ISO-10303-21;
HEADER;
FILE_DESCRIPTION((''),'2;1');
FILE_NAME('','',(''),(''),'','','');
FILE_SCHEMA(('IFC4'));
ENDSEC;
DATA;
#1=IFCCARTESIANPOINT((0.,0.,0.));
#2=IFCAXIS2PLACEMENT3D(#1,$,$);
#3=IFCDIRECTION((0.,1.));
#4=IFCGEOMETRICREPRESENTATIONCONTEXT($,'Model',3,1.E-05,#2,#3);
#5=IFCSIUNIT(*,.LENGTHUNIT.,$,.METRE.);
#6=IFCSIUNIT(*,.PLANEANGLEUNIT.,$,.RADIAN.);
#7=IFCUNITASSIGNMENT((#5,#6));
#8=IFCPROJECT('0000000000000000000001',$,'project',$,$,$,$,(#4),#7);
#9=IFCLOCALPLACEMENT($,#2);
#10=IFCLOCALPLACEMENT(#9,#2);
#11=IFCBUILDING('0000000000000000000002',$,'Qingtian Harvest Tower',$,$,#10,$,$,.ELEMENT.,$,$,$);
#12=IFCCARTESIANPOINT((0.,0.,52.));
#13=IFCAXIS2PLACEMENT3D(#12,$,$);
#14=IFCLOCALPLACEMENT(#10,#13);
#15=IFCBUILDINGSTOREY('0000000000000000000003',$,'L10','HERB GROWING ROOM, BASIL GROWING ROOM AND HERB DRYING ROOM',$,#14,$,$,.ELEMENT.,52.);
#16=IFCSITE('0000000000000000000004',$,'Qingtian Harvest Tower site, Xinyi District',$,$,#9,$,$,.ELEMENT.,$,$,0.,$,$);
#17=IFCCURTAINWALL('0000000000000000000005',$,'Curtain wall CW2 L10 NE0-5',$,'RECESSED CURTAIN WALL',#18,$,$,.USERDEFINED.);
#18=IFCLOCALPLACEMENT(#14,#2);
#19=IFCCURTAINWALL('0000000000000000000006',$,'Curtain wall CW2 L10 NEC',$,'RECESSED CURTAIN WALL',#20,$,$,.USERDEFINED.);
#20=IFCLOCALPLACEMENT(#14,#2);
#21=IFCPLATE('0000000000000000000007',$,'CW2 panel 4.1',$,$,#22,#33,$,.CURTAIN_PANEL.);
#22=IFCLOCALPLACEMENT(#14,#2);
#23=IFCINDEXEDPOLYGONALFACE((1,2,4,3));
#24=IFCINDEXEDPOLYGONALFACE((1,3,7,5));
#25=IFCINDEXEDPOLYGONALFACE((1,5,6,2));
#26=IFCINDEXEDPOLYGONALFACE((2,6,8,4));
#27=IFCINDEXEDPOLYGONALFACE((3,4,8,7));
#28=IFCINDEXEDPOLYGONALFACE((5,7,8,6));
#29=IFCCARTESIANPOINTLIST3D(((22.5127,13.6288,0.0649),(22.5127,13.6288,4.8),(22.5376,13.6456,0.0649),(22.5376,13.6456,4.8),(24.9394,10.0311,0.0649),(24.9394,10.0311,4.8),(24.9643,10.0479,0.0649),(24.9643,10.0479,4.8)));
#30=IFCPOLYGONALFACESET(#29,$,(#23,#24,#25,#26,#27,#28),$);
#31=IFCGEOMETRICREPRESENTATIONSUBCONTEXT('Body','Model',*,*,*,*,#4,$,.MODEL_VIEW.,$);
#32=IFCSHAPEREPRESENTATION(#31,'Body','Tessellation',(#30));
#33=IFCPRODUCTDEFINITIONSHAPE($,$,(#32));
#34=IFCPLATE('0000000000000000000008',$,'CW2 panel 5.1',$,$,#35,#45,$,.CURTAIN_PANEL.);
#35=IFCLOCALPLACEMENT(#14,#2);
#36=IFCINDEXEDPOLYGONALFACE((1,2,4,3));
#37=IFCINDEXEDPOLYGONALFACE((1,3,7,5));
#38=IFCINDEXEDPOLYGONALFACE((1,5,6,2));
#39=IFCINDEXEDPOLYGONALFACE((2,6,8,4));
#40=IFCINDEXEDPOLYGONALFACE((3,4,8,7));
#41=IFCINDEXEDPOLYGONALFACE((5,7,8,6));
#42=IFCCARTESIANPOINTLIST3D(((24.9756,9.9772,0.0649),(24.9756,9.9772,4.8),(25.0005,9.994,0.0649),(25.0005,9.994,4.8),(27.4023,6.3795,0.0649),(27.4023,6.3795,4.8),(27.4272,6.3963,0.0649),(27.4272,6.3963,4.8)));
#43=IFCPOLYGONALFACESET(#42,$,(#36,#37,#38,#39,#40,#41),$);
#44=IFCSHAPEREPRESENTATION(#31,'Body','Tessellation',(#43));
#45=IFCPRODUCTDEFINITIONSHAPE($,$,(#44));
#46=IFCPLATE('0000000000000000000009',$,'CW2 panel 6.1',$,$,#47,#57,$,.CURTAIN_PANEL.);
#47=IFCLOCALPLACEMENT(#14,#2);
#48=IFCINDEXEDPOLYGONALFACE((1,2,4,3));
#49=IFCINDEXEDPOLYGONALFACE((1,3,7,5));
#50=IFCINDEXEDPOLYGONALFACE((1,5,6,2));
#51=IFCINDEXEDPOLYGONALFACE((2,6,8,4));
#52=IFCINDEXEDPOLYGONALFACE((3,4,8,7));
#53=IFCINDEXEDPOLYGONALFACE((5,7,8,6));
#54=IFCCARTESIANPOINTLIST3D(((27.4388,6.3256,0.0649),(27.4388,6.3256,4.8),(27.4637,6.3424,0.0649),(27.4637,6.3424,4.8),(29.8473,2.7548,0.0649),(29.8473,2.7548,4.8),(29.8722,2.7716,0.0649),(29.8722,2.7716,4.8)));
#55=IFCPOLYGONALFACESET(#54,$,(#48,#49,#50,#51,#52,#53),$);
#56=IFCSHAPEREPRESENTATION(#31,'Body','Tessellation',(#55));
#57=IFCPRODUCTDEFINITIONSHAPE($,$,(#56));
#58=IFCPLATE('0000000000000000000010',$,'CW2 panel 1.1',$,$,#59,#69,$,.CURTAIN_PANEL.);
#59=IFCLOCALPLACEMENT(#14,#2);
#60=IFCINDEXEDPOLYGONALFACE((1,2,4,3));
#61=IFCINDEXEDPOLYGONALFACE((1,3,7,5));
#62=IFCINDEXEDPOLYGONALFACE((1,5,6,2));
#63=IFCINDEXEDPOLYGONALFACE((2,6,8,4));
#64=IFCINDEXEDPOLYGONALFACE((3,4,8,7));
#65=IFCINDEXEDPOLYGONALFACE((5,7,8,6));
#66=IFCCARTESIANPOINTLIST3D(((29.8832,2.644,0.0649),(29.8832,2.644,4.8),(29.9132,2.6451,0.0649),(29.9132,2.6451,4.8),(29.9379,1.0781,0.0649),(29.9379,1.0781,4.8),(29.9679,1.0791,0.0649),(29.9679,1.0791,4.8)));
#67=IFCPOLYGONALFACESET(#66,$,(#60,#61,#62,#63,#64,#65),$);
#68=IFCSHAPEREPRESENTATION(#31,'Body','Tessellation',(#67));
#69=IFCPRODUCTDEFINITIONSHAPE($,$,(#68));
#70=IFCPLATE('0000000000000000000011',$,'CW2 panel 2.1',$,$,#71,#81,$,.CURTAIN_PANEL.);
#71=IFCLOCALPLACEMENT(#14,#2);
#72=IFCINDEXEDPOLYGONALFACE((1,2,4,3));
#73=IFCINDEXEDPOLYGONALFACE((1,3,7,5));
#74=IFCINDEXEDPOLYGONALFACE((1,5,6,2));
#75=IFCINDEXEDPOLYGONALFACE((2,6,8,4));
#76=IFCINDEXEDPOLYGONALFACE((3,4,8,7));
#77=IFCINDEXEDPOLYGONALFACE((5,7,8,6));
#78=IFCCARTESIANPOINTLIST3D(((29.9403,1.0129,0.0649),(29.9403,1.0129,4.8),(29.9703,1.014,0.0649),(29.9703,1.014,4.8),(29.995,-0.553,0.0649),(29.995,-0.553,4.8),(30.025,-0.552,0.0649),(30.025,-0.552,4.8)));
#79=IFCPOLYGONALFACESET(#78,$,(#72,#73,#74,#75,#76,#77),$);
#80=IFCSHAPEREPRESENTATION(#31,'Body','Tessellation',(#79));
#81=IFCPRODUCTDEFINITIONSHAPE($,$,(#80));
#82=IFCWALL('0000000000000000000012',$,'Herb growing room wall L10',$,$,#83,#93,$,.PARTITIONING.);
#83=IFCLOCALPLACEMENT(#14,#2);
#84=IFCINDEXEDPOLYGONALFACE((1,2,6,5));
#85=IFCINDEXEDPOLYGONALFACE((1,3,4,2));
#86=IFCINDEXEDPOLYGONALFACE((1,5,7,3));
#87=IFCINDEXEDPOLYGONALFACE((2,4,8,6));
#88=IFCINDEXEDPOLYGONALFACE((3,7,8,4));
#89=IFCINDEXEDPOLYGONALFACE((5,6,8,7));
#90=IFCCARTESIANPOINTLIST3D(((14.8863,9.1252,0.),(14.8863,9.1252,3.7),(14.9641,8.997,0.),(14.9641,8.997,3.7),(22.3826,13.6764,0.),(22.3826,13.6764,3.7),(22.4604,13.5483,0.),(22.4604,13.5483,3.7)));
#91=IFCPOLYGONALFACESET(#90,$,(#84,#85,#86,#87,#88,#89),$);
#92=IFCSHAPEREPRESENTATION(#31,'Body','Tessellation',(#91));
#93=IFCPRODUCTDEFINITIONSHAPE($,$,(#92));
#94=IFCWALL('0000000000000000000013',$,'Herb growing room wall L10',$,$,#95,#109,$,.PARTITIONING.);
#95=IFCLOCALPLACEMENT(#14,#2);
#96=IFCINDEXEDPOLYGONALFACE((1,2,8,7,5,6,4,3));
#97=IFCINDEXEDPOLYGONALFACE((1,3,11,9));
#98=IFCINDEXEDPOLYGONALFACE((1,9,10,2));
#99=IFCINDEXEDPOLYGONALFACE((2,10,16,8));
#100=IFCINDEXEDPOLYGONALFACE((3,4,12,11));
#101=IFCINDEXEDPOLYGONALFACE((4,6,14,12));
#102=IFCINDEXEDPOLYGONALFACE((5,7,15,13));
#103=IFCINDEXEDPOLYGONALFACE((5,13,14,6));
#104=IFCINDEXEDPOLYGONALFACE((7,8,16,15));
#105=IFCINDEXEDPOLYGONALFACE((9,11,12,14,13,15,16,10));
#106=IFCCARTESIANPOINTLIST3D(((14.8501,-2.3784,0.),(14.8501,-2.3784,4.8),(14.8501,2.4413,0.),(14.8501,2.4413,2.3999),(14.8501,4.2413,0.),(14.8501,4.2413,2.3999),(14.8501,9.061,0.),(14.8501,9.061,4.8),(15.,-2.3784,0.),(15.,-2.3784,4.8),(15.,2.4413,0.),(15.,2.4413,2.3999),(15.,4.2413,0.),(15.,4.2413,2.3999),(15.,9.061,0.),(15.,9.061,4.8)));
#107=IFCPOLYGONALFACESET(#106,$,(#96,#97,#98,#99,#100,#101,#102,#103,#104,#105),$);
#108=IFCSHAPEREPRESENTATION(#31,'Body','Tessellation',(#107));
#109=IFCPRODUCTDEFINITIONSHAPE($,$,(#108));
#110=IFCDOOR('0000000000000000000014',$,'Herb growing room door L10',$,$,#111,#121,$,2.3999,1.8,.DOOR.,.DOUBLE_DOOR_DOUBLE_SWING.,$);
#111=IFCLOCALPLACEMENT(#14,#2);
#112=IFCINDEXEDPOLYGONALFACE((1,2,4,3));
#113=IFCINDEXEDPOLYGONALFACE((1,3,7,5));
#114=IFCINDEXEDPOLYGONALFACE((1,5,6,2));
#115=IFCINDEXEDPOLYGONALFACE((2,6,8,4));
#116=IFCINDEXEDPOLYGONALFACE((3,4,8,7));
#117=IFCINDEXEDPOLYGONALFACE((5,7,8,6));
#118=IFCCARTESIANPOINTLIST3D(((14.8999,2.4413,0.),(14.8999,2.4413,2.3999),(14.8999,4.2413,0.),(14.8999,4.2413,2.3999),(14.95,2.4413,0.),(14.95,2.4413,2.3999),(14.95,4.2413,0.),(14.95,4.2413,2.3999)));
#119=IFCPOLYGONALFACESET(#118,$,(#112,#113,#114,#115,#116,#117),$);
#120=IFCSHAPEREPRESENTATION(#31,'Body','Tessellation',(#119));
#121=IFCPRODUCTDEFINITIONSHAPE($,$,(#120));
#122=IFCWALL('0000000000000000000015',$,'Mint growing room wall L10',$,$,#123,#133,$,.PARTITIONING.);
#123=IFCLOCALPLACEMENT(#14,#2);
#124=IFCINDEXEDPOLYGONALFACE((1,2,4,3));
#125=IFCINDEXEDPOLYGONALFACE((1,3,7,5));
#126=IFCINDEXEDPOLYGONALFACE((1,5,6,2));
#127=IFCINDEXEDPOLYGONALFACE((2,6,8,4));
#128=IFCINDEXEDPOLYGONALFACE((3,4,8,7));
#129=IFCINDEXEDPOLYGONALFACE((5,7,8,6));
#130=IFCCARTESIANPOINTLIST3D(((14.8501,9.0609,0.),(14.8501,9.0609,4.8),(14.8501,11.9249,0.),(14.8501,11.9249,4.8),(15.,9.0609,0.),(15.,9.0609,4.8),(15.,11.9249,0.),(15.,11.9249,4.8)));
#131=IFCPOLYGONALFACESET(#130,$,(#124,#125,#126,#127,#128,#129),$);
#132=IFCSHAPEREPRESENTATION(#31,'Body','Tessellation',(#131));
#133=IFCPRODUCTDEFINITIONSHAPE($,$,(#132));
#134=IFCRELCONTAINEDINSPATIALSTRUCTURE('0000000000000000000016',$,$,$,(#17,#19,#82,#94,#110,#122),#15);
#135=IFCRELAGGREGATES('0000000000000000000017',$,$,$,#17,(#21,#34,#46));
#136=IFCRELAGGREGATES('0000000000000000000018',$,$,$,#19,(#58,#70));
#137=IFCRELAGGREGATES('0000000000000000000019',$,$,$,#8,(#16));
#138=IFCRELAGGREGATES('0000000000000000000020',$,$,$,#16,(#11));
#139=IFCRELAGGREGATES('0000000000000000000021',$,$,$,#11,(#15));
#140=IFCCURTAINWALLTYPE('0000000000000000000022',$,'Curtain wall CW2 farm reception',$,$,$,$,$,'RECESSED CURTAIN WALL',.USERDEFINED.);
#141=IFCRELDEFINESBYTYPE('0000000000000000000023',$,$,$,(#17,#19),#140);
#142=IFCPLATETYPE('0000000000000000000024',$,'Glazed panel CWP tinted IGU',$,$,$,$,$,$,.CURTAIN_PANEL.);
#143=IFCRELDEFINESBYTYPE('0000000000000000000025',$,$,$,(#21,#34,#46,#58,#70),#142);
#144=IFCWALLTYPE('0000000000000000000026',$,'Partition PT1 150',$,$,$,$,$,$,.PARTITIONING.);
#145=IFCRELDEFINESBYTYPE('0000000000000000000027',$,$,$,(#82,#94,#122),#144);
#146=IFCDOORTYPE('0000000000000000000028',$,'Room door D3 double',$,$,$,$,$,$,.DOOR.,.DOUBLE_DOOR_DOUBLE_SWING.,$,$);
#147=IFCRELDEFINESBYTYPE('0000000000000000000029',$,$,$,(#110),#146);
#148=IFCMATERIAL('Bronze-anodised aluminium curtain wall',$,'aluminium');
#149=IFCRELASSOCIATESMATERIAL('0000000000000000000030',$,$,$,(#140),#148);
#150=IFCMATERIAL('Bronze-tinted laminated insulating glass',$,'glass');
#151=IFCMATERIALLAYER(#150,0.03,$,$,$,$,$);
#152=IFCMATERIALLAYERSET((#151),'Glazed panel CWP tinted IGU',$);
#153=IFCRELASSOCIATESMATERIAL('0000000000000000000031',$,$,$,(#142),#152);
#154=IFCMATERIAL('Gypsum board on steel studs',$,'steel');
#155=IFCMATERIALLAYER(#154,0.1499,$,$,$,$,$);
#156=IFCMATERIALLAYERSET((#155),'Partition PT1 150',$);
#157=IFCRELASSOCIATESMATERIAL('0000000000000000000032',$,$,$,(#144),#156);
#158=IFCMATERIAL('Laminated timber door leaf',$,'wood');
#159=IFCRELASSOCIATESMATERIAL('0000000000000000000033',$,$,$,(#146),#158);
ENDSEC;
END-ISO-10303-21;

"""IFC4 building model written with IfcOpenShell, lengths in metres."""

from ifc_helpers import new_model, si_unit, direction, frame, frame_2d, origin, origin_2d, place, context, subcontext, project, spatial, rectangle, extrude, material, layer, layer_set, type_object, element, fill, aggregate, save


model = new_model("IFC4")

# Units and contexts
model_context = context("Model", 3, precision=1e-05, world=origin(), true_north=direction((0.0, 1.0)))
body_context = subcontext(model_context, "Body", "Model", "MODEL_VIEW")
ifc_project = project(units=[si_unit("LENGTHUNIT", "METRE"), si_unit("PLANEANGLEUNIT", "RADIAN")], contexts=[model_context])

# Site, building, storey
site_placement = place(None, origin())
site = spatial("IfcSite", under=ifc_project, at=site_placement, Name="Qingtian Harvest Tower site, Xinyi District", CompositionType="ELEMENT", RefElevation=0.0)
building_placement = place(site_placement, origin())
building = spatial("IfcBuilding", under=site, at=building_placement, Name="Qingtian Harvest Tower", CompositionType="ELEMENT")
storey_placement = place(building_placement, frame((0.0, 0.0, 52.0)))
storey = spatial("IfcBuildingStorey", under=building, at=storey_placement, Name="L10", Description="HERB GROWING ROOM, BASIL GROWING ROOM AND HERB DRYING ROOM", CompositionType="ELEMENT", Elevation=52.0)

# Curtain walls
ifc_material_1 = material(Name="Bronze-anodised aluminium curtain wall", Category="aluminium")
curtain_wall_type = type_object("IfcCurtainWallType", Name="Curtain wall CW2 farm reception", ElementType="RECESSED CURTAIN WALL", PredefinedType="USERDEFINED", material=ifc_material_1)
curtain_wall_1_placement = place(storey_placement, origin())
curtain_wall_1 = element("IfcCurtainWall", 1, at=curtain_wall_1_placement, inside=storey, type_object=curtain_wall_type, Name="Curtain wall CW2 L10 NE0-5", ObjectType="RECESSED CURTAIN WALL", PredefinedType="USERDEFINED")
curtain_wall_2_placement = place(storey_placement, origin())
curtain_wall_2 = element("IfcCurtainWall", 2, at=curtain_wall_2_placement, inside=storey, type_object=curtain_wall_type, Name="Curtain wall CW2 L10 NEC", ObjectType="RECESSED CURTAIN WALL", PredefinedType="USERDEFINED")

# Plates
ifc_material_2 = material(Name="Bronze-tinted laminated insulating glass", Category="glass")
ifc_layer_1 = layer(ifc_material_2, 0.03)
ifc_layer_set_1 = layer_set([ifc_layer_1], Name="Glazed panel CWP tinted IGU")
plate_type = type_object("IfcPlateType", Name="Glazed panel CWP tinted IGU", PredefinedType="CURTAIN_PANEL", material=ifc_layer_set_1)
plate_1_placement = place(storey_placement, frame((23.7385, 11.8384, 0.0649), z_axis=(0.0, 0.0, 1.0), x_axis=(0.559193, -0.829038, 0.0)))
plate_1 = element("IfcPlate", 3, at=plate_1_placement, type_object=plate_type, Name="CW2 panel 4.1", PredefinedType="CURTAIN_PANEL", context=body_context, shape_type="SweptSolid", body=[
    extrude(rectangle(XDim=4.3396, YDim=0.03, at=origin_2d()), origin(), (0.0, 0.0, 1.0), 4.7351),
])
plate_2_placement = place(storey_placement, frame((26.2014, 8.1868, 0.0649), z_axis=(0.0, 0.0, 1.0), x_axis=(0.559193, -0.829038, 0.0)))
plate_2 = element("IfcPlate", 4, at=plate_2_placement, type_object=plate_type, Name="CW2 panel 5.1", PredefinedType="CURTAIN_PANEL", context=body_context, shape_type="SweptSolid", body=[
    extrude(rectangle(XDim=4.3396, YDim=0.03, at=origin_2d()), origin(), (0.0, 0.0, 1.0), 4.7351),
])
plate_3_placement = place(storey_placement, frame((28.6555, 4.5486, 0.0649), z_axis=(0.0, 0.0, 1.0), x_axis=(0.559193, -0.829038, 0.0)))
plate_3 = element("IfcPlate", 5, at=plate_3_placement, type_object=plate_type, Name="CW2 panel 6.1", PredefinedType="CURTAIN_PANEL", context=body_context, shape_type="SweptSolid", body=[
    extrude(rectangle(XDim=4.3071, YDim=0.03, at=origin_2d()), origin(), (0.0, 0.0, 1.0), 4.7351),
])
aggregate(curtain_wall_1, [plate_1, plate_2, plate_3])
plate_4_placement = place(storey_placement, frame((29.9255, 1.8616, 0.0649), z_axis=(0.0, 0.0, 1.0), x_axis=(0.034899, -0.999391, 0.0)))
plate_4 = element("IfcPlate", 6, at=plate_4_placement, type_object=plate_type, Name="CW2 panel 1.1", PredefinedType="CURTAIN_PANEL", context=body_context, shape_type="SweptSolid", body=[
    extrude(rectangle(XDim=1.5669, YDim=0.03, at=origin_2d()), origin(), (0.0, 0.0, 1.0), 4.7351),
])
plate_5_placement = place(storey_placement, frame((29.9827, 0.2305, 0.0649), z_axis=(0.0, 0.0, 1.0), x_axis=(0.034899, -0.999391, 0.0)))
plate_5 = element("IfcPlate", 7, at=plate_5_placement, type_object=plate_type, Name="CW2 panel 2.1", PredefinedType="CURTAIN_PANEL", context=body_context, shape_type="SweptSolid", body=[
    extrude(rectangle(XDim=1.5669, YDim=0.03, at=origin_2d()), origin(), (0.0, 0.0, 1.0), 4.7351),
])
aggregate(curtain_wall_2, [plate_4, plate_5])

# Wall
ifc_material_3 = material(Name="Gypsum board on steel studs", Category="steel")
ifc_layer_2 = layer(ifc_material_3, 0.1499)
ifc_layer_set_2 = layer_set([ifc_layer_2], Name="Partition PT1 150")
wall_type = type_object("IfcWallType", Name="Partition PT1 150", PredefinedType="PARTITIONING", material=ifc_layer_set_2)
wall_1_placement = place(storey_placement, frame((22.4214, 13.6123, 0.0), z_axis=(0.0, 0.0, 1.0), x_axis=(-0.854791, -0.518972, 0.0)))
element("IfcWall", 8, at=wall_1_placement, inside=storey, type_object=wall_type, Name="Herb growing room wall L10", PredefinedType="PARTITIONING", context=body_context, shape_type="SweptSolid", body=[
    extrude(rectangle(XDim=8.7698, YDim=0.1499, at=frame_2d((4.3848, 0.0))), origin(), (0.0, 0.0, 1.0), 3.7),
])

# Wall, opening, door
wall_2_placement = place(storey_placement, frame((14.925, 9.061, 0.0), z_axis=(0.0, 0.0, 1.0), x_axis=(0.0, -1.0, 0.0)))
wall_2 = element("IfcWall", 9, at=wall_2_placement, inside=storey, type_object=wall_type, Name="Herb growing room wall L10", PredefinedType="PARTITIONING", context=body_context, shape_type="SweptSolid", body=[
    extrude(rectangle(XDim=11.4395, YDim=0.1499, at=frame_2d((5.7197, 0.0))), origin(), (0.0, 0.0, 1.0), 4.8),
])
opening_placement = place(wall_2_placement, frame((4.8198, 0.0, 0.0)))
opening = element("IfcOpeningElement", 10, at=opening_placement, cuts=wall_2, PredefinedType="OPENING", context=body_context, shape_type="SweptSolid", body=[
    extrude(rectangle(XDim=1.8, YDim=2.3999, at=frame_2d((0.8999, 1.2))), frame((0.0, 0.085, 0.0), z_axis=(0.0, -1.0, 0.0), x_axis=(1.0, 0.0, 0.0)), (0.0, 0.0, 1.0), 0.1699),
])
ifc_material_4 = material(Name="Laminated timber door leaf", Category="wood")
door_type = type_object("IfcDoorType", Name="Room door D3 double", OperationType="DOUBLE_DOOR_DOUBLE_SWING", PredefinedType="DOOR", material=ifc_material_4)
door_placement = place(opening_placement, origin())
door = element("IfcDoor", 11, at=door_placement, inside=storey, type_object=door_type, Name="Herb growing room door L10", OperationType="DOUBLE_DOOR_DOUBLE_SWING", OverallHeight=2.3999, OverallWidth=1.8, PredefinedType="DOOR", context=body_context, shape_type="SweptSolid", body=[
    extrude(rectangle(XDim=1.8, YDim=2.3999, at=frame_2d((0.8999, 1.2))), frame((0.0, 0.0249, 0.0), z_axis=(0.0, -1.0, 0.0), x_axis=(1.0, 0.0, 0.0)), (0.0, 0.0, 1.0), 0.05),
])
fill(opening, door)

# Wall
wall_3_placement = place(storey_placement, frame((14.925, 11.925, 0.0), z_axis=(0.0, 0.0, 1.0), x_axis=(0.0, -1.0, 0.0)))
element("IfcWall", 12, at=wall_3_placement, inside=storey, type_object=wall_type, Name="Mint growing room wall L10", PredefinedType="PARTITIONING", context=body_context, shape_type="SweptSolid", body=[
    extrude(rectangle(XDim=2.864, YDim=0.1499, at=frame_2d((1.4321, 0.0))), origin(), (0.0, 0.0, 1.0), 4.8),
])

save(model, "model.ifc")
